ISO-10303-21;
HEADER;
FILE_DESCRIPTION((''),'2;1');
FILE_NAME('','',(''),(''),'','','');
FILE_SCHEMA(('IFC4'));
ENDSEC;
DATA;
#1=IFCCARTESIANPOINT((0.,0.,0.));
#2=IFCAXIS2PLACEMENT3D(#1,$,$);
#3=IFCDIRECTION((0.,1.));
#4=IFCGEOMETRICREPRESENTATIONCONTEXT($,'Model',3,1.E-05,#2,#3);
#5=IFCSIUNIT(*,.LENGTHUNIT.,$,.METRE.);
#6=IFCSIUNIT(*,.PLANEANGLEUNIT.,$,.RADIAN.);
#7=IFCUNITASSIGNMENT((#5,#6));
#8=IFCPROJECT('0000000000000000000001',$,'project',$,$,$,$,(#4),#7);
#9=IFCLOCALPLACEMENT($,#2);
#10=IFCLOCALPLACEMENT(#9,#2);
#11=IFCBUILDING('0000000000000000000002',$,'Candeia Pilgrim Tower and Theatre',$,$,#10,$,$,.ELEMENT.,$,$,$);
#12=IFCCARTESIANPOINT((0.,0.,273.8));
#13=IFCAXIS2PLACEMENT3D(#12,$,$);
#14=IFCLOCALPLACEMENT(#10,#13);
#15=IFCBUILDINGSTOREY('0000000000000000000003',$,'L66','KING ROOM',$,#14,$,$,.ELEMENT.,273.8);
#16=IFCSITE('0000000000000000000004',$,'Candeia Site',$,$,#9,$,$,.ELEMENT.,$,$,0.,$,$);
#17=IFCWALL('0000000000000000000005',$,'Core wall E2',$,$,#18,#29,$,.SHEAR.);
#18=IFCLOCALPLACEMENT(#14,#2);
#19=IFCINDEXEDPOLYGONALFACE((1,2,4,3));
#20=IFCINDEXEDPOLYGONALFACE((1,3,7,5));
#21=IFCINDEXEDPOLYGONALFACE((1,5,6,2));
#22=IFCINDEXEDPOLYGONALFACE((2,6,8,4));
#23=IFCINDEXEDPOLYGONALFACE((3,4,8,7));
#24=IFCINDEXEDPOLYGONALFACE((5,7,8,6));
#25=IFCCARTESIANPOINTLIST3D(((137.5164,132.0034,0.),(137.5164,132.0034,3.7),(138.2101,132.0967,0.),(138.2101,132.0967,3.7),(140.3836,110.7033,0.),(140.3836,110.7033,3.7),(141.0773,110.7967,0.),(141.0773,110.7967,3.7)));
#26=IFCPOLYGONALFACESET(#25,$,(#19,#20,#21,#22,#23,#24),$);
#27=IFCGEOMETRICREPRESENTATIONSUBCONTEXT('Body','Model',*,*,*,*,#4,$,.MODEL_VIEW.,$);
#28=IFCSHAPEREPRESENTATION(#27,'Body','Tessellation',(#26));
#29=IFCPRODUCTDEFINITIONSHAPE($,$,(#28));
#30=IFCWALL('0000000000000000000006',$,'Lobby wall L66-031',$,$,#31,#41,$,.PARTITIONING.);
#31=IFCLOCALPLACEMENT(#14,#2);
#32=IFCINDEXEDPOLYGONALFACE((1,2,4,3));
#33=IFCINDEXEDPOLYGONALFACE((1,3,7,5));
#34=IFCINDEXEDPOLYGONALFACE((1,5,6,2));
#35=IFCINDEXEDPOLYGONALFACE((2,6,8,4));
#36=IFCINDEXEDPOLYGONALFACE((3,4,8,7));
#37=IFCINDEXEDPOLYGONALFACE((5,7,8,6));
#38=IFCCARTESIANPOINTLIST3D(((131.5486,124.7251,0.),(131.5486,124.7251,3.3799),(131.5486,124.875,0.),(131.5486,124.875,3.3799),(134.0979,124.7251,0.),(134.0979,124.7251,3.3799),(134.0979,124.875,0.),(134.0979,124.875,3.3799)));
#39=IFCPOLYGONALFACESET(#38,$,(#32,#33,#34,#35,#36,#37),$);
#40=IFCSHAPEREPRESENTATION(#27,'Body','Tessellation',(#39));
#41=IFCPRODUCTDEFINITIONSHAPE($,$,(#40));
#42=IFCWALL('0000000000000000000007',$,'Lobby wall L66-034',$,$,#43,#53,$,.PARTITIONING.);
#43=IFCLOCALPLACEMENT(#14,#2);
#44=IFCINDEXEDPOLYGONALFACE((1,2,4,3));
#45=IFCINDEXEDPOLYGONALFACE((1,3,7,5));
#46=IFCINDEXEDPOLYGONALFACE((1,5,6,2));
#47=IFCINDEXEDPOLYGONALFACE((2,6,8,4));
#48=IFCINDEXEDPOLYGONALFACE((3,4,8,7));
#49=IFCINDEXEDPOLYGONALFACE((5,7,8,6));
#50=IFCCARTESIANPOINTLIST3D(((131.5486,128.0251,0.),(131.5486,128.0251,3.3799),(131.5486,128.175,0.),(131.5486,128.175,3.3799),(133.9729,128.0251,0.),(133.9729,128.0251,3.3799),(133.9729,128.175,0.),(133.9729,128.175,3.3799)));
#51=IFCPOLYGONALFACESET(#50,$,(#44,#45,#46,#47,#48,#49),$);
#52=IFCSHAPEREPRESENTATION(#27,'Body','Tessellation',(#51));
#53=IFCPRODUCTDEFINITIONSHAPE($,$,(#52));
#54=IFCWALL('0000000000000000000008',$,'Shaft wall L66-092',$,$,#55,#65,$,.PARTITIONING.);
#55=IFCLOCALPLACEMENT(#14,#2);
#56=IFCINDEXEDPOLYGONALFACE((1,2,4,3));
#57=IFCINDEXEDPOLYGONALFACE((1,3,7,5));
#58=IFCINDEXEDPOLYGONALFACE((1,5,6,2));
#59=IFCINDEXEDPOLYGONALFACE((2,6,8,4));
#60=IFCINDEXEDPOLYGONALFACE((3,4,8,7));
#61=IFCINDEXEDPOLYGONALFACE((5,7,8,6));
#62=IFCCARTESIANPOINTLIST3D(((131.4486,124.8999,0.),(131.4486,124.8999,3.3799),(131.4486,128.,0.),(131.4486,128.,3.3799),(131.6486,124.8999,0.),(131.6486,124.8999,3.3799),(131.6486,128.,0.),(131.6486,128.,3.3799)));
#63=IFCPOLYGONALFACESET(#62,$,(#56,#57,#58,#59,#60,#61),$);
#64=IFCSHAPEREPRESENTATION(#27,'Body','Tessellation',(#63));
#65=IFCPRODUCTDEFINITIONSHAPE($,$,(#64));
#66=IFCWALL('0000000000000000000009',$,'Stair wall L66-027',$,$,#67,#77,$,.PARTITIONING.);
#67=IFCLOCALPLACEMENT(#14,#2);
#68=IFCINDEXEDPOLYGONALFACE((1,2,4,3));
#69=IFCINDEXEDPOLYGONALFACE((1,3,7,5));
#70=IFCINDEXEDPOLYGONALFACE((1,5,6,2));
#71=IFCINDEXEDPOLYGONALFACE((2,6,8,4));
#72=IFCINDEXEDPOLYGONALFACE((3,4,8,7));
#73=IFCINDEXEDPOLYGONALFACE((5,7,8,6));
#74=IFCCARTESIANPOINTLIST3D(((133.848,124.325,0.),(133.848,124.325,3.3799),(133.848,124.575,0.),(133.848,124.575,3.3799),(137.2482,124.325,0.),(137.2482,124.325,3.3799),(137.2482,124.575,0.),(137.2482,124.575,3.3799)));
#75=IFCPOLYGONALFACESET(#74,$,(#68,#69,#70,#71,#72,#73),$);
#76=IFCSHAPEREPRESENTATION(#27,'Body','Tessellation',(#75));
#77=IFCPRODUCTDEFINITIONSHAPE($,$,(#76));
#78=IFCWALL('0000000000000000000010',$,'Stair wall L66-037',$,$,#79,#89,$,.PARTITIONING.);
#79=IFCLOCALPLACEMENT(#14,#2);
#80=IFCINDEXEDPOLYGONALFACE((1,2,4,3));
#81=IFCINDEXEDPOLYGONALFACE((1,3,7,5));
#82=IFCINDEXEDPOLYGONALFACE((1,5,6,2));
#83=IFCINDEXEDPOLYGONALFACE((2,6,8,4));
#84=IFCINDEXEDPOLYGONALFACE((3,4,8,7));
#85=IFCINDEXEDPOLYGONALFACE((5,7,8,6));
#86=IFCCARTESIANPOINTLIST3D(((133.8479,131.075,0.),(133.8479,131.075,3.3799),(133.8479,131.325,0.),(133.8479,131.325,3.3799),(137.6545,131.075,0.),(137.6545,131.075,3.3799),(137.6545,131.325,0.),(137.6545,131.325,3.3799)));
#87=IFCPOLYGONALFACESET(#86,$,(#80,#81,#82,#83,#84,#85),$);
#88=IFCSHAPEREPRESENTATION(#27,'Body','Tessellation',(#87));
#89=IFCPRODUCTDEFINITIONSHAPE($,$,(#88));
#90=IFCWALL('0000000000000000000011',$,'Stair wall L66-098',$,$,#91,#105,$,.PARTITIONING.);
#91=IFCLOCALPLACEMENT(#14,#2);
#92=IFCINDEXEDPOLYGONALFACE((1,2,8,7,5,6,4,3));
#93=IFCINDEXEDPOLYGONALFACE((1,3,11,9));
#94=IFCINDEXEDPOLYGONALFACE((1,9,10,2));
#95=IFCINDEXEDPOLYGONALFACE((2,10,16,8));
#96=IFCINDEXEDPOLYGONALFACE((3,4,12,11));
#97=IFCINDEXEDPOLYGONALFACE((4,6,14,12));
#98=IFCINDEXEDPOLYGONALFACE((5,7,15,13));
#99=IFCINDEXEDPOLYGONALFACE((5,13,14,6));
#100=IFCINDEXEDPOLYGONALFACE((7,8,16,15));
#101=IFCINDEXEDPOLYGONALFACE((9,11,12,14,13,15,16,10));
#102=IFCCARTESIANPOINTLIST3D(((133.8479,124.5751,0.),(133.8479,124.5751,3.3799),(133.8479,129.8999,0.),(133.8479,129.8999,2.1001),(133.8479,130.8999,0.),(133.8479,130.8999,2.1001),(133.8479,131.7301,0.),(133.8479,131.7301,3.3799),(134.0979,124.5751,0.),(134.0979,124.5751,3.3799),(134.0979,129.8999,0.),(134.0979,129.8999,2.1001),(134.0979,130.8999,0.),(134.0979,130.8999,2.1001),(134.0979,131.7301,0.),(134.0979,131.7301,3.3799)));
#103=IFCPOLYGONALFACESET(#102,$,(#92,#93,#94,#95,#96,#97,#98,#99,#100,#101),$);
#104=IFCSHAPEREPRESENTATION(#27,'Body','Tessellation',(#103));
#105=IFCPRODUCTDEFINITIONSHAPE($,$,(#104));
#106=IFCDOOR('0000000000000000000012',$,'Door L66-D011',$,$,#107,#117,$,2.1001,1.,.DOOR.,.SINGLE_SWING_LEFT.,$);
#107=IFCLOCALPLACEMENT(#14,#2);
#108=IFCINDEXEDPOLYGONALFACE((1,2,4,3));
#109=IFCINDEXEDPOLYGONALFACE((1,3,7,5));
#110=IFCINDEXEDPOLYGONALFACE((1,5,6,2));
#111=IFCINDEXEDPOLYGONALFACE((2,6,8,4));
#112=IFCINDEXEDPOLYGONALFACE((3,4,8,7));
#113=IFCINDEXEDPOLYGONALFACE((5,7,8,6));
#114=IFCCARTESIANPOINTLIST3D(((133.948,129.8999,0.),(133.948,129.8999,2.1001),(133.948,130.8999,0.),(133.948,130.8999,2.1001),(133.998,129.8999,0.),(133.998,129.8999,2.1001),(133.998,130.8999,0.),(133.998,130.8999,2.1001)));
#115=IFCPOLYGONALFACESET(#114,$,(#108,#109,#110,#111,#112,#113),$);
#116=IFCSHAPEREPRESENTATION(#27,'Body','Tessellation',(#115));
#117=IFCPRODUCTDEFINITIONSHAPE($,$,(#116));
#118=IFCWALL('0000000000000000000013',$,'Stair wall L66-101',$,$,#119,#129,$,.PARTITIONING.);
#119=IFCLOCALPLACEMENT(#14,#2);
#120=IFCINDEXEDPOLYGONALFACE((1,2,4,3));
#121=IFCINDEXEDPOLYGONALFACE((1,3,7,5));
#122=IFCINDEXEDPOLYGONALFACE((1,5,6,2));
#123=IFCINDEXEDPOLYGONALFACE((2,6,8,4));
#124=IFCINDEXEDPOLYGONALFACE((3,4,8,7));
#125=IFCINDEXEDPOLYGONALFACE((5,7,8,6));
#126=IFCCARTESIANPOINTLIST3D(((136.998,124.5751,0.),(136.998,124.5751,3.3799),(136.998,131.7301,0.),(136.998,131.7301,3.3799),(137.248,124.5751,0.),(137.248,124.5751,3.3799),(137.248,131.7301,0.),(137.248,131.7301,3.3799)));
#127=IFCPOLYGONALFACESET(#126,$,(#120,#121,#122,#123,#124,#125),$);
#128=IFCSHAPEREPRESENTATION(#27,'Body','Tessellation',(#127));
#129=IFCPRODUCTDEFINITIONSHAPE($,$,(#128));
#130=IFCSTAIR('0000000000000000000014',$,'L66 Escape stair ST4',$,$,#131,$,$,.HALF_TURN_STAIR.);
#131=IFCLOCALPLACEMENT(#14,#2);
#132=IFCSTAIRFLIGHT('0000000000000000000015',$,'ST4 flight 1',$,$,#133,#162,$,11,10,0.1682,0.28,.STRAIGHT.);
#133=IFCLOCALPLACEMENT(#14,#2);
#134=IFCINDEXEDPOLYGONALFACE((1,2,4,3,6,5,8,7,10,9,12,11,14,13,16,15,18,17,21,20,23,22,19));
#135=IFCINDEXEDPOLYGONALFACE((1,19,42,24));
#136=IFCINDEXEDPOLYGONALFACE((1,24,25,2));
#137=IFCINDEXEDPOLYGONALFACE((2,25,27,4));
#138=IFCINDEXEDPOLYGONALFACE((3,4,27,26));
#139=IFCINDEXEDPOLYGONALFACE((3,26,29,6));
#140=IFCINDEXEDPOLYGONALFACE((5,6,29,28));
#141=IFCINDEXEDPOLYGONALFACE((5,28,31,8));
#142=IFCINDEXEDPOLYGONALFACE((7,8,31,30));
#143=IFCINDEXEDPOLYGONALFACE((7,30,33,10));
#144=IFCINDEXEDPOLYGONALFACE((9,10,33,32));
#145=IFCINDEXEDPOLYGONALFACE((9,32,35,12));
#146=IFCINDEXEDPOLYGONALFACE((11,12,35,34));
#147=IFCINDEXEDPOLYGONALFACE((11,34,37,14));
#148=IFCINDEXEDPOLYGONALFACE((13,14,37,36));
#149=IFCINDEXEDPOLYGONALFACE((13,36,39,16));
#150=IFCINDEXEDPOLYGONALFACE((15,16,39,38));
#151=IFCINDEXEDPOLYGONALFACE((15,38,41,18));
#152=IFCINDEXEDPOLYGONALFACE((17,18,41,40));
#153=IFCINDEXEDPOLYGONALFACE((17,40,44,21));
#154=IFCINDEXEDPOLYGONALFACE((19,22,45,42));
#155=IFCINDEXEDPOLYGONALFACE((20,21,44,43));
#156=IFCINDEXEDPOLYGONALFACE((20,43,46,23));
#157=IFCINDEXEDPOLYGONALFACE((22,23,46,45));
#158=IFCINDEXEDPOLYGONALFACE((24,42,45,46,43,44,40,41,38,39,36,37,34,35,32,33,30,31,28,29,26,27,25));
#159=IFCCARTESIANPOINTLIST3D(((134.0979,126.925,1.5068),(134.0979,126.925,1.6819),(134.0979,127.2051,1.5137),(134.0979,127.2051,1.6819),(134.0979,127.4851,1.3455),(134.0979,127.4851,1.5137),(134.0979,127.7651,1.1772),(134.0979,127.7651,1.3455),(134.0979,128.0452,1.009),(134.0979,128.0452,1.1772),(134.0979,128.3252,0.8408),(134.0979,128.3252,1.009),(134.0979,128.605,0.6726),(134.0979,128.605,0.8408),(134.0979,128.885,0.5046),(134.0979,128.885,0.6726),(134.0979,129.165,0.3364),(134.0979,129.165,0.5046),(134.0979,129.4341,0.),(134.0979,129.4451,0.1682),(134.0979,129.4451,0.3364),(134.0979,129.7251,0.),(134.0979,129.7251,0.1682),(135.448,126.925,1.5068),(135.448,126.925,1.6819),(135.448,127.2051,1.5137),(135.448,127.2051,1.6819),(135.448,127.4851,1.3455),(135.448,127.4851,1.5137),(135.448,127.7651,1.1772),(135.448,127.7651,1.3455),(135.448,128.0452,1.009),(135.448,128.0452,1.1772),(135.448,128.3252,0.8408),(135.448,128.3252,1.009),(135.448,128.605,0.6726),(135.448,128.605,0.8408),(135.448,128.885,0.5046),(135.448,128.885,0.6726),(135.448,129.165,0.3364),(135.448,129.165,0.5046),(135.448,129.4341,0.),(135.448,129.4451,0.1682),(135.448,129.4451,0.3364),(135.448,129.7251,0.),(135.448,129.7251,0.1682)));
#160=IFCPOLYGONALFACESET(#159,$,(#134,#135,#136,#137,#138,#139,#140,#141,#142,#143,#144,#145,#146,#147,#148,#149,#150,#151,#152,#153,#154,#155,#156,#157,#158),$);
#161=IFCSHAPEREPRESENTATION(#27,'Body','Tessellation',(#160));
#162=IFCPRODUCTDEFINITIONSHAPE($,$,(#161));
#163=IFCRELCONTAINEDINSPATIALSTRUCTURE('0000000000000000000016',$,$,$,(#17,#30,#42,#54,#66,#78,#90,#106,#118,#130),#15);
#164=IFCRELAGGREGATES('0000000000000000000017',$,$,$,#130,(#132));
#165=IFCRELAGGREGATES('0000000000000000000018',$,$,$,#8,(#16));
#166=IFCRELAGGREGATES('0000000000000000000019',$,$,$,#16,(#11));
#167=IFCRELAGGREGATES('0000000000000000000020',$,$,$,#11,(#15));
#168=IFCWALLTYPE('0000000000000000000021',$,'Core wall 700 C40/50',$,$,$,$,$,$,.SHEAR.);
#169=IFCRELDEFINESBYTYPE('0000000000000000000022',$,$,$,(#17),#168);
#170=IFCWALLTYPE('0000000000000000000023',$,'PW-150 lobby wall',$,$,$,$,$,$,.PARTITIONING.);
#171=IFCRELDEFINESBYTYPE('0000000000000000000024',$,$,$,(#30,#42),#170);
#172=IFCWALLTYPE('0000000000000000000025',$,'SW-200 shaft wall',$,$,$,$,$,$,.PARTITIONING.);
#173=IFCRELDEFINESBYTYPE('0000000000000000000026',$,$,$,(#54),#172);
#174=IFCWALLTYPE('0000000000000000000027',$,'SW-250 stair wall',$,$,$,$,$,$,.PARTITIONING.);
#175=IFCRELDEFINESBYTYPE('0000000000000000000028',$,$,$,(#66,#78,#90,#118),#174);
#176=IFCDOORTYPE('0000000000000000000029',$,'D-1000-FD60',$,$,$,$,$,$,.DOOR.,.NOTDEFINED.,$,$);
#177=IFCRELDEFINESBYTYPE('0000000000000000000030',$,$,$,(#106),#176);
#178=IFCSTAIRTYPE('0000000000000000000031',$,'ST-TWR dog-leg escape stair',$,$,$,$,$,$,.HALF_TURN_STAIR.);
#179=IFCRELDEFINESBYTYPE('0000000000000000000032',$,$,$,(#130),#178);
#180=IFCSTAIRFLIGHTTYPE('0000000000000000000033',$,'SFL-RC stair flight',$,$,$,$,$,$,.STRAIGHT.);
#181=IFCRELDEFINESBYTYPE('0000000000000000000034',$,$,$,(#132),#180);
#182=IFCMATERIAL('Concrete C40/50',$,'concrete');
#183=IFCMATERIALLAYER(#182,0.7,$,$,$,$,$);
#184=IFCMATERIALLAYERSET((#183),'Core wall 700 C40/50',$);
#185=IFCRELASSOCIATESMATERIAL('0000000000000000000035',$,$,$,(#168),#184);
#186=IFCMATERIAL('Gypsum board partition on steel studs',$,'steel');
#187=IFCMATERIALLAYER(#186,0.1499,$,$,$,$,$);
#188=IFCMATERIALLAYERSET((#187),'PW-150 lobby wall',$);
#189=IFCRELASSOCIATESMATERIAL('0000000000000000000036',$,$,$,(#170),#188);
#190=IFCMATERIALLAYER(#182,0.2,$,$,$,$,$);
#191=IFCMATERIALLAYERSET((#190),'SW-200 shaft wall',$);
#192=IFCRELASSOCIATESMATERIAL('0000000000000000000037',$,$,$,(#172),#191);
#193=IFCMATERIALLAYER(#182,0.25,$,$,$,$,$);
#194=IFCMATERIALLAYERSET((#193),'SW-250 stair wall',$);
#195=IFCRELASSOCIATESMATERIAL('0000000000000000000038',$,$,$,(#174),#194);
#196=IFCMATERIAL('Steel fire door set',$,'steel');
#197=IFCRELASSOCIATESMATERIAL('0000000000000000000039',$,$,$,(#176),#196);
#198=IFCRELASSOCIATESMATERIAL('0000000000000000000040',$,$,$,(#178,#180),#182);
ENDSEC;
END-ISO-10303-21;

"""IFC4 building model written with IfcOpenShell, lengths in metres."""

from ifc_helpers import new_model, si_unit, direction, frame, frame_2d, origin, place, context, subcontext, project, spatial, polyline, rectangle, outline, extrude, material, layer, layer_set, type_object, element, fill, aggregate, save


model = new_model("IFC4")

# Units and contexts
model_context = context("Model", 3, precision=1e-05, world=origin(), true_north=direction((0.0, 1.0)))
body_context = subcontext(model_context, "Body", "Model", "MODEL_VIEW")
ifc_project = project(units=[si_unit("LENGTHUNIT", "METRE"), si_unit("PLANEANGLEUNIT", "RADIAN")], contexts=[model_context])

# Site, building, storey
site_placement = place(None, origin())
site = spatial("IfcSite", under=ifc_project, at=site_placement, Name="Candeia Site", CompositionType="ELEMENT", RefElevation=0.0)
building_placement = place(site_placement, origin())
building = spatial("IfcBuilding", under=site, at=building_placement, Name="Candeia Pilgrim Tower and Theatre", CompositionType="ELEMENT")
storey_placement = place(building_placement, frame((0.0, 0.0, 273.8)))
storey = spatial("IfcBuildingStorey", under=building, at=storey_placement, Name="L66", Description="KING ROOM", CompositionType="ELEMENT", Elevation=273.8)

# Wall
ifc_material_1 = material(Name="Concrete C40/50", Category="concrete")
ifc_layer_1 = layer(ifc_material_1, 0.7)
ifc_layer_set_1 = layer_set([ifc_layer_1], Name="Core wall 700 C40/50")
wall_type_1 = type_object("IfcWallType", Name="Core wall 700 C40/50", PredefinedType="SHEAR", material=ifc_layer_set_1)
wall_1_placement = place(storey_placement, frame((137.8633, 132.05, 0.0), z_axis=(0.0, 0.0, 1.0), x_axis=(0.133406, -0.991061, 0.0)))
element("IfcWall", 1, at=wall_1_placement, inside=storey, type_object=wall_type_1, Name="Core wall E2", PredefinedType="SHEAR", context=body_context, shape_type="SweptSolid", body=[
    extrude(rectangle(XDim=21.4922, YDim=0.7, at=frame_2d((10.7461, 0.0))), origin(), (0.0, 0.0, 1.0), 3.7),
])

# Walls
ifc_material_2 = material(Name="Gypsum board partition on steel studs", Category="steel")
ifc_layer_2 = layer(ifc_material_2, 0.1499)
ifc_layer_set_2 = layer_set([ifc_layer_2], Name="PW-150 lobby wall")
wall_type_2 = type_object("IfcWallType", Name="PW-150 lobby wall", PredefinedType="PARTITIONING", material=ifc_layer_set_2)
wall_2_placement = place(storey_placement, frame((131.5486, 124.8, 0.0), z_axis=(0.0, 0.0, 1.0), x_axis=(1.0, 0.0, 0.0)))
element("IfcWall", 2, at=wall_2_placement, inside=storey, type_object=wall_type_2, Name="Lobby wall L66-031", PredefinedType="PARTITIONING", context=body_context, shape_type="SweptSolid", body=[
    extrude(rectangle(XDim=2.5493, YDim=0.1499, at=frame_2d((1.2747, 0.0))), origin(), (0.0, 0.0, 1.0), 3.3799),
])
wall_3_placement = place(storey_placement, frame((131.5486, 128.1001, 0.0), z_axis=(0.0, 0.0, 1.0), x_axis=(1.0, 0.0, 0.0)))
element("IfcWall", 3, at=wall_3_placement, inside=storey, type_object=wall_type_2, Name="Lobby wall L66-034", PredefinedType="PARTITIONING", context=body_context, shape_type="SweptSolid", body=[
    extrude(rectangle(XDim=2.4243, YDim=0.1499, at=frame_2d((1.2122, 0.0))), origin(), (0.0, 0.0, 1.0), 3.3799),
])
ifc_layer_3 = layer(ifc_material_1, 0.2)
ifc_layer_set_3 = layer_set([ifc_layer_3], Name="SW-200 shaft wall")
wall_type_3 = type_object("IfcWallType", Name="SW-200 shaft wall", PredefinedType="PARTITIONING", material=ifc_layer_set_3)
wall_4_placement = place(storey_placement, frame((131.5486, 124.8999, 0.0), z_axis=(0.0, 0.0, 1.0), x_axis=(0.0, 1.0, 0.0)))
element("IfcWall", 4, at=wall_4_placement, inside=storey, type_object=wall_type_3, Name="Shaft wall L66-092", PredefinedType="PARTITIONING", context=body_context, shape_type="SweptSolid", body=[
    extrude(rectangle(XDim=3.1001, YDim=0.2, at=frame_2d((1.55, 0.0))), origin(), (0.0, 0.0, 1.0), 3.3799),
])
ifc_layer_4 = layer(ifc_material_1, 0.25)
ifc_layer_set_4 = layer_set([ifc_layer_4], Name="SW-250 stair wall")
wall_type_4 = type_object("IfcWallType", Name="SW-250 stair wall", PredefinedType="PARTITIONING", material=ifc_layer_set_4)
wall_5_placement = place(storey_placement, frame((133.8479, 124.45, 0.0), z_axis=(0.0, 0.0, 1.0), x_axis=(1.0, 0.0, 0.0)))
element("IfcWall", 5, at=wall_5_placement, inside=storey, type_object=wall_type_4, Name="Stair wall L66-027", PredefinedType="PARTITIONING", context=body_context, shape_type="SweptSolid", body=[
    extrude(rectangle(XDim=3.4001, YDim=0.25, at=frame_2d((1.7002, 0.0))), origin(), (0.0, 0.0, 1.0), 3.3799),
])
wall_6_placement = place(storey_placement, frame((133.8479, 131.2, 0.0), z_axis=(0.0, 0.0, 1.0), x_axis=(1.0, 0.0, 0.0)))
element("IfcWall", 6, at=wall_6_placement, inside=storey, type_object=wall_type_4, Name="Stair wall L66-037", PredefinedType="PARTITIONING", context=body_context, shape_type="SweptSolid", body=[
    extrude(rectangle(XDim=3.8066, YDim=0.25, at=frame_2d((1.9033, 0.0))), origin(), (0.0, 0.0, 1.0), 3.3799),
])

# Wall, opening, door
wall_7_placement = place(storey_placement, frame((133.9729, 124.575, 0.0), z_axis=(0.0, 0.0, 1.0), x_axis=(0.0, 1.0, 0.0)))
wall_7 = element("IfcWall", 7, at=wall_7_placement, inside=storey, type_object=wall_type_4, Name="Stair wall L66-098", PredefinedType="PARTITIONING", context=body_context, shape_type="SweptSolid", body=[
    extrude(rectangle(XDim=7.155, YDim=0.25, at=frame_2d((3.5776, 0.0))), origin(), (0.0, 0.0, 1.0), 3.3799),
])
opening_1_placement = place(wall_7_placement, frame((5.325, 0.0, 0.0)))
opening_1 = element("IfcOpeningElement", 8, at=opening_1_placement, cuts=wall_7, PredefinedType="OPENING", context=body_context, shape_type="SweptSolid", body=[
    extrude(rectangle(XDim=1.0, YDim=2.1001, at=frame_2d((0.5, 1.05))), frame((0.0, 0.135, 0.0), z_axis=(0.0, -1.0, 0.0), x_axis=(1.0, 0.0, 0.0)), (0.0, 0.0, 1.0), 0.27),
])
ifc_material_3 = material(Name="Steel fire door set", Category="steel")
door_type_1 = type_object("IfcDoorType", Name="D-1000-FD60", OperationType="NOTDEFINED", PredefinedType="DOOR", material=ifc_material_3)
door_1_placement = place(opening_1_placement, origin())
door_1 = element("IfcDoor", 9, at=door_1_placement, inside=storey, type_object=door_type_1, Name="Door L66-D011", OperationType="SINGLE_SWING_LEFT", OverallHeight=2.1001, OverallWidth=1.0, PredefinedType="DOOR", context=body_context, shape_type="SweptSolid", body=[
    extrude(rectangle(XDim=1.0, YDim=2.1001, at=frame_2d((0.5, 1.05))), frame((0.0, 0.0249, 0.0), z_axis=(0.0, -1.0, 0.0), x_axis=(1.0, 0.0, 0.0)), (0.0, 0.0, 1.0), 0.05),
])
fill(opening_1, door_1)

# Wall
wall_8_placement = place(storey_placement, frame((137.123, 124.575, 0.0), z_axis=(0.0, 0.0, 1.0), x_axis=(0.0, 1.0, 0.0)))
element("IfcWall", 10, at=wall_8_placement, inside=storey, type_object=wall_type_4, Name="Stair wall L66-101", PredefinedType="PARTITIONING", context=body_context, shape_type="SweptSolid", body=[
    extrude(rectangle(XDim=7.155, YDim=0.25, at=frame_2d((3.5776, 0.0))), origin(), (0.0, 0.0, 1.0), 3.3799),
])

# Stair, stair flight
stair_type = type_object("IfcStairType", Name="ST-TWR dog-leg escape stair", PredefinedType="HALF_TURN_STAIR", material=ifc_material_1)
stair_placement = place(storey_placement, origin())
stair = element("IfcStair", 11, at=stair_placement, inside=storey, type_object=stair_type, Name="L66 Escape stair ST4", PredefinedType="HALF_TURN_STAIR")
stair_flight_type = type_object("IfcStairFlightType", Name="SFL-RC stair flight", PredefinedType="STRAIGHT", material=ifc_material_1)
stair_flight_1_placement = place(storey_placement, frame((134.7729, 129.7251, 0.0), z_axis=(0.0, 0.0, 1.0), x_axis=(0.0, -1.0, 0.0)))
stair_flight_1 = element("IfcStairFlight", 12, at=stair_flight_1_placement, type_object=stair_flight_type, Name="ST4 flight 1", NumberOfRisers=11, NumberOfTreads=10, PredefinedType="STRAIGHT", RiserHeight=0.1682, TreadLength=0.28, context=body_context, shape_type="SweptSolid", body=[
    extrude(outline(polyline([(0.0, 0.0), (0.0, 0.1682), (0.28, 0.1682), (0.28, 0.3364), (0.5601, 0.3364), (0.5601, 0.5046), (0.8401, 0.5046), (0.8401, 0.6726), (1.1201, 0.6726), (1.1201, 0.8408), (1.3999, 0.8408), (1.3999, 1.009), (1.6799, 1.009), (1.6799, 1.1772), (1.96, 1.1772), (1.96, 1.3455), (2.24, 1.3455), (2.24, 1.5137), (2.52, 1.5137), (2.52, 1.6819), (2.8, 1.6819), (2.8, 1.8501), (2.8, 1.5068), (0.291, 0.0), (0.0, 0.0)])), frame((0.0, 0.675, 0.0), z_axis=(0.0, -1.0, 0.0), x_axis=(1.0, 0.0, 0.0)), (0.0, 0.0, 1.0), 1.3501),
])
aggregate(stair, [stair_flight_1])

save(model, "model.ifc")
